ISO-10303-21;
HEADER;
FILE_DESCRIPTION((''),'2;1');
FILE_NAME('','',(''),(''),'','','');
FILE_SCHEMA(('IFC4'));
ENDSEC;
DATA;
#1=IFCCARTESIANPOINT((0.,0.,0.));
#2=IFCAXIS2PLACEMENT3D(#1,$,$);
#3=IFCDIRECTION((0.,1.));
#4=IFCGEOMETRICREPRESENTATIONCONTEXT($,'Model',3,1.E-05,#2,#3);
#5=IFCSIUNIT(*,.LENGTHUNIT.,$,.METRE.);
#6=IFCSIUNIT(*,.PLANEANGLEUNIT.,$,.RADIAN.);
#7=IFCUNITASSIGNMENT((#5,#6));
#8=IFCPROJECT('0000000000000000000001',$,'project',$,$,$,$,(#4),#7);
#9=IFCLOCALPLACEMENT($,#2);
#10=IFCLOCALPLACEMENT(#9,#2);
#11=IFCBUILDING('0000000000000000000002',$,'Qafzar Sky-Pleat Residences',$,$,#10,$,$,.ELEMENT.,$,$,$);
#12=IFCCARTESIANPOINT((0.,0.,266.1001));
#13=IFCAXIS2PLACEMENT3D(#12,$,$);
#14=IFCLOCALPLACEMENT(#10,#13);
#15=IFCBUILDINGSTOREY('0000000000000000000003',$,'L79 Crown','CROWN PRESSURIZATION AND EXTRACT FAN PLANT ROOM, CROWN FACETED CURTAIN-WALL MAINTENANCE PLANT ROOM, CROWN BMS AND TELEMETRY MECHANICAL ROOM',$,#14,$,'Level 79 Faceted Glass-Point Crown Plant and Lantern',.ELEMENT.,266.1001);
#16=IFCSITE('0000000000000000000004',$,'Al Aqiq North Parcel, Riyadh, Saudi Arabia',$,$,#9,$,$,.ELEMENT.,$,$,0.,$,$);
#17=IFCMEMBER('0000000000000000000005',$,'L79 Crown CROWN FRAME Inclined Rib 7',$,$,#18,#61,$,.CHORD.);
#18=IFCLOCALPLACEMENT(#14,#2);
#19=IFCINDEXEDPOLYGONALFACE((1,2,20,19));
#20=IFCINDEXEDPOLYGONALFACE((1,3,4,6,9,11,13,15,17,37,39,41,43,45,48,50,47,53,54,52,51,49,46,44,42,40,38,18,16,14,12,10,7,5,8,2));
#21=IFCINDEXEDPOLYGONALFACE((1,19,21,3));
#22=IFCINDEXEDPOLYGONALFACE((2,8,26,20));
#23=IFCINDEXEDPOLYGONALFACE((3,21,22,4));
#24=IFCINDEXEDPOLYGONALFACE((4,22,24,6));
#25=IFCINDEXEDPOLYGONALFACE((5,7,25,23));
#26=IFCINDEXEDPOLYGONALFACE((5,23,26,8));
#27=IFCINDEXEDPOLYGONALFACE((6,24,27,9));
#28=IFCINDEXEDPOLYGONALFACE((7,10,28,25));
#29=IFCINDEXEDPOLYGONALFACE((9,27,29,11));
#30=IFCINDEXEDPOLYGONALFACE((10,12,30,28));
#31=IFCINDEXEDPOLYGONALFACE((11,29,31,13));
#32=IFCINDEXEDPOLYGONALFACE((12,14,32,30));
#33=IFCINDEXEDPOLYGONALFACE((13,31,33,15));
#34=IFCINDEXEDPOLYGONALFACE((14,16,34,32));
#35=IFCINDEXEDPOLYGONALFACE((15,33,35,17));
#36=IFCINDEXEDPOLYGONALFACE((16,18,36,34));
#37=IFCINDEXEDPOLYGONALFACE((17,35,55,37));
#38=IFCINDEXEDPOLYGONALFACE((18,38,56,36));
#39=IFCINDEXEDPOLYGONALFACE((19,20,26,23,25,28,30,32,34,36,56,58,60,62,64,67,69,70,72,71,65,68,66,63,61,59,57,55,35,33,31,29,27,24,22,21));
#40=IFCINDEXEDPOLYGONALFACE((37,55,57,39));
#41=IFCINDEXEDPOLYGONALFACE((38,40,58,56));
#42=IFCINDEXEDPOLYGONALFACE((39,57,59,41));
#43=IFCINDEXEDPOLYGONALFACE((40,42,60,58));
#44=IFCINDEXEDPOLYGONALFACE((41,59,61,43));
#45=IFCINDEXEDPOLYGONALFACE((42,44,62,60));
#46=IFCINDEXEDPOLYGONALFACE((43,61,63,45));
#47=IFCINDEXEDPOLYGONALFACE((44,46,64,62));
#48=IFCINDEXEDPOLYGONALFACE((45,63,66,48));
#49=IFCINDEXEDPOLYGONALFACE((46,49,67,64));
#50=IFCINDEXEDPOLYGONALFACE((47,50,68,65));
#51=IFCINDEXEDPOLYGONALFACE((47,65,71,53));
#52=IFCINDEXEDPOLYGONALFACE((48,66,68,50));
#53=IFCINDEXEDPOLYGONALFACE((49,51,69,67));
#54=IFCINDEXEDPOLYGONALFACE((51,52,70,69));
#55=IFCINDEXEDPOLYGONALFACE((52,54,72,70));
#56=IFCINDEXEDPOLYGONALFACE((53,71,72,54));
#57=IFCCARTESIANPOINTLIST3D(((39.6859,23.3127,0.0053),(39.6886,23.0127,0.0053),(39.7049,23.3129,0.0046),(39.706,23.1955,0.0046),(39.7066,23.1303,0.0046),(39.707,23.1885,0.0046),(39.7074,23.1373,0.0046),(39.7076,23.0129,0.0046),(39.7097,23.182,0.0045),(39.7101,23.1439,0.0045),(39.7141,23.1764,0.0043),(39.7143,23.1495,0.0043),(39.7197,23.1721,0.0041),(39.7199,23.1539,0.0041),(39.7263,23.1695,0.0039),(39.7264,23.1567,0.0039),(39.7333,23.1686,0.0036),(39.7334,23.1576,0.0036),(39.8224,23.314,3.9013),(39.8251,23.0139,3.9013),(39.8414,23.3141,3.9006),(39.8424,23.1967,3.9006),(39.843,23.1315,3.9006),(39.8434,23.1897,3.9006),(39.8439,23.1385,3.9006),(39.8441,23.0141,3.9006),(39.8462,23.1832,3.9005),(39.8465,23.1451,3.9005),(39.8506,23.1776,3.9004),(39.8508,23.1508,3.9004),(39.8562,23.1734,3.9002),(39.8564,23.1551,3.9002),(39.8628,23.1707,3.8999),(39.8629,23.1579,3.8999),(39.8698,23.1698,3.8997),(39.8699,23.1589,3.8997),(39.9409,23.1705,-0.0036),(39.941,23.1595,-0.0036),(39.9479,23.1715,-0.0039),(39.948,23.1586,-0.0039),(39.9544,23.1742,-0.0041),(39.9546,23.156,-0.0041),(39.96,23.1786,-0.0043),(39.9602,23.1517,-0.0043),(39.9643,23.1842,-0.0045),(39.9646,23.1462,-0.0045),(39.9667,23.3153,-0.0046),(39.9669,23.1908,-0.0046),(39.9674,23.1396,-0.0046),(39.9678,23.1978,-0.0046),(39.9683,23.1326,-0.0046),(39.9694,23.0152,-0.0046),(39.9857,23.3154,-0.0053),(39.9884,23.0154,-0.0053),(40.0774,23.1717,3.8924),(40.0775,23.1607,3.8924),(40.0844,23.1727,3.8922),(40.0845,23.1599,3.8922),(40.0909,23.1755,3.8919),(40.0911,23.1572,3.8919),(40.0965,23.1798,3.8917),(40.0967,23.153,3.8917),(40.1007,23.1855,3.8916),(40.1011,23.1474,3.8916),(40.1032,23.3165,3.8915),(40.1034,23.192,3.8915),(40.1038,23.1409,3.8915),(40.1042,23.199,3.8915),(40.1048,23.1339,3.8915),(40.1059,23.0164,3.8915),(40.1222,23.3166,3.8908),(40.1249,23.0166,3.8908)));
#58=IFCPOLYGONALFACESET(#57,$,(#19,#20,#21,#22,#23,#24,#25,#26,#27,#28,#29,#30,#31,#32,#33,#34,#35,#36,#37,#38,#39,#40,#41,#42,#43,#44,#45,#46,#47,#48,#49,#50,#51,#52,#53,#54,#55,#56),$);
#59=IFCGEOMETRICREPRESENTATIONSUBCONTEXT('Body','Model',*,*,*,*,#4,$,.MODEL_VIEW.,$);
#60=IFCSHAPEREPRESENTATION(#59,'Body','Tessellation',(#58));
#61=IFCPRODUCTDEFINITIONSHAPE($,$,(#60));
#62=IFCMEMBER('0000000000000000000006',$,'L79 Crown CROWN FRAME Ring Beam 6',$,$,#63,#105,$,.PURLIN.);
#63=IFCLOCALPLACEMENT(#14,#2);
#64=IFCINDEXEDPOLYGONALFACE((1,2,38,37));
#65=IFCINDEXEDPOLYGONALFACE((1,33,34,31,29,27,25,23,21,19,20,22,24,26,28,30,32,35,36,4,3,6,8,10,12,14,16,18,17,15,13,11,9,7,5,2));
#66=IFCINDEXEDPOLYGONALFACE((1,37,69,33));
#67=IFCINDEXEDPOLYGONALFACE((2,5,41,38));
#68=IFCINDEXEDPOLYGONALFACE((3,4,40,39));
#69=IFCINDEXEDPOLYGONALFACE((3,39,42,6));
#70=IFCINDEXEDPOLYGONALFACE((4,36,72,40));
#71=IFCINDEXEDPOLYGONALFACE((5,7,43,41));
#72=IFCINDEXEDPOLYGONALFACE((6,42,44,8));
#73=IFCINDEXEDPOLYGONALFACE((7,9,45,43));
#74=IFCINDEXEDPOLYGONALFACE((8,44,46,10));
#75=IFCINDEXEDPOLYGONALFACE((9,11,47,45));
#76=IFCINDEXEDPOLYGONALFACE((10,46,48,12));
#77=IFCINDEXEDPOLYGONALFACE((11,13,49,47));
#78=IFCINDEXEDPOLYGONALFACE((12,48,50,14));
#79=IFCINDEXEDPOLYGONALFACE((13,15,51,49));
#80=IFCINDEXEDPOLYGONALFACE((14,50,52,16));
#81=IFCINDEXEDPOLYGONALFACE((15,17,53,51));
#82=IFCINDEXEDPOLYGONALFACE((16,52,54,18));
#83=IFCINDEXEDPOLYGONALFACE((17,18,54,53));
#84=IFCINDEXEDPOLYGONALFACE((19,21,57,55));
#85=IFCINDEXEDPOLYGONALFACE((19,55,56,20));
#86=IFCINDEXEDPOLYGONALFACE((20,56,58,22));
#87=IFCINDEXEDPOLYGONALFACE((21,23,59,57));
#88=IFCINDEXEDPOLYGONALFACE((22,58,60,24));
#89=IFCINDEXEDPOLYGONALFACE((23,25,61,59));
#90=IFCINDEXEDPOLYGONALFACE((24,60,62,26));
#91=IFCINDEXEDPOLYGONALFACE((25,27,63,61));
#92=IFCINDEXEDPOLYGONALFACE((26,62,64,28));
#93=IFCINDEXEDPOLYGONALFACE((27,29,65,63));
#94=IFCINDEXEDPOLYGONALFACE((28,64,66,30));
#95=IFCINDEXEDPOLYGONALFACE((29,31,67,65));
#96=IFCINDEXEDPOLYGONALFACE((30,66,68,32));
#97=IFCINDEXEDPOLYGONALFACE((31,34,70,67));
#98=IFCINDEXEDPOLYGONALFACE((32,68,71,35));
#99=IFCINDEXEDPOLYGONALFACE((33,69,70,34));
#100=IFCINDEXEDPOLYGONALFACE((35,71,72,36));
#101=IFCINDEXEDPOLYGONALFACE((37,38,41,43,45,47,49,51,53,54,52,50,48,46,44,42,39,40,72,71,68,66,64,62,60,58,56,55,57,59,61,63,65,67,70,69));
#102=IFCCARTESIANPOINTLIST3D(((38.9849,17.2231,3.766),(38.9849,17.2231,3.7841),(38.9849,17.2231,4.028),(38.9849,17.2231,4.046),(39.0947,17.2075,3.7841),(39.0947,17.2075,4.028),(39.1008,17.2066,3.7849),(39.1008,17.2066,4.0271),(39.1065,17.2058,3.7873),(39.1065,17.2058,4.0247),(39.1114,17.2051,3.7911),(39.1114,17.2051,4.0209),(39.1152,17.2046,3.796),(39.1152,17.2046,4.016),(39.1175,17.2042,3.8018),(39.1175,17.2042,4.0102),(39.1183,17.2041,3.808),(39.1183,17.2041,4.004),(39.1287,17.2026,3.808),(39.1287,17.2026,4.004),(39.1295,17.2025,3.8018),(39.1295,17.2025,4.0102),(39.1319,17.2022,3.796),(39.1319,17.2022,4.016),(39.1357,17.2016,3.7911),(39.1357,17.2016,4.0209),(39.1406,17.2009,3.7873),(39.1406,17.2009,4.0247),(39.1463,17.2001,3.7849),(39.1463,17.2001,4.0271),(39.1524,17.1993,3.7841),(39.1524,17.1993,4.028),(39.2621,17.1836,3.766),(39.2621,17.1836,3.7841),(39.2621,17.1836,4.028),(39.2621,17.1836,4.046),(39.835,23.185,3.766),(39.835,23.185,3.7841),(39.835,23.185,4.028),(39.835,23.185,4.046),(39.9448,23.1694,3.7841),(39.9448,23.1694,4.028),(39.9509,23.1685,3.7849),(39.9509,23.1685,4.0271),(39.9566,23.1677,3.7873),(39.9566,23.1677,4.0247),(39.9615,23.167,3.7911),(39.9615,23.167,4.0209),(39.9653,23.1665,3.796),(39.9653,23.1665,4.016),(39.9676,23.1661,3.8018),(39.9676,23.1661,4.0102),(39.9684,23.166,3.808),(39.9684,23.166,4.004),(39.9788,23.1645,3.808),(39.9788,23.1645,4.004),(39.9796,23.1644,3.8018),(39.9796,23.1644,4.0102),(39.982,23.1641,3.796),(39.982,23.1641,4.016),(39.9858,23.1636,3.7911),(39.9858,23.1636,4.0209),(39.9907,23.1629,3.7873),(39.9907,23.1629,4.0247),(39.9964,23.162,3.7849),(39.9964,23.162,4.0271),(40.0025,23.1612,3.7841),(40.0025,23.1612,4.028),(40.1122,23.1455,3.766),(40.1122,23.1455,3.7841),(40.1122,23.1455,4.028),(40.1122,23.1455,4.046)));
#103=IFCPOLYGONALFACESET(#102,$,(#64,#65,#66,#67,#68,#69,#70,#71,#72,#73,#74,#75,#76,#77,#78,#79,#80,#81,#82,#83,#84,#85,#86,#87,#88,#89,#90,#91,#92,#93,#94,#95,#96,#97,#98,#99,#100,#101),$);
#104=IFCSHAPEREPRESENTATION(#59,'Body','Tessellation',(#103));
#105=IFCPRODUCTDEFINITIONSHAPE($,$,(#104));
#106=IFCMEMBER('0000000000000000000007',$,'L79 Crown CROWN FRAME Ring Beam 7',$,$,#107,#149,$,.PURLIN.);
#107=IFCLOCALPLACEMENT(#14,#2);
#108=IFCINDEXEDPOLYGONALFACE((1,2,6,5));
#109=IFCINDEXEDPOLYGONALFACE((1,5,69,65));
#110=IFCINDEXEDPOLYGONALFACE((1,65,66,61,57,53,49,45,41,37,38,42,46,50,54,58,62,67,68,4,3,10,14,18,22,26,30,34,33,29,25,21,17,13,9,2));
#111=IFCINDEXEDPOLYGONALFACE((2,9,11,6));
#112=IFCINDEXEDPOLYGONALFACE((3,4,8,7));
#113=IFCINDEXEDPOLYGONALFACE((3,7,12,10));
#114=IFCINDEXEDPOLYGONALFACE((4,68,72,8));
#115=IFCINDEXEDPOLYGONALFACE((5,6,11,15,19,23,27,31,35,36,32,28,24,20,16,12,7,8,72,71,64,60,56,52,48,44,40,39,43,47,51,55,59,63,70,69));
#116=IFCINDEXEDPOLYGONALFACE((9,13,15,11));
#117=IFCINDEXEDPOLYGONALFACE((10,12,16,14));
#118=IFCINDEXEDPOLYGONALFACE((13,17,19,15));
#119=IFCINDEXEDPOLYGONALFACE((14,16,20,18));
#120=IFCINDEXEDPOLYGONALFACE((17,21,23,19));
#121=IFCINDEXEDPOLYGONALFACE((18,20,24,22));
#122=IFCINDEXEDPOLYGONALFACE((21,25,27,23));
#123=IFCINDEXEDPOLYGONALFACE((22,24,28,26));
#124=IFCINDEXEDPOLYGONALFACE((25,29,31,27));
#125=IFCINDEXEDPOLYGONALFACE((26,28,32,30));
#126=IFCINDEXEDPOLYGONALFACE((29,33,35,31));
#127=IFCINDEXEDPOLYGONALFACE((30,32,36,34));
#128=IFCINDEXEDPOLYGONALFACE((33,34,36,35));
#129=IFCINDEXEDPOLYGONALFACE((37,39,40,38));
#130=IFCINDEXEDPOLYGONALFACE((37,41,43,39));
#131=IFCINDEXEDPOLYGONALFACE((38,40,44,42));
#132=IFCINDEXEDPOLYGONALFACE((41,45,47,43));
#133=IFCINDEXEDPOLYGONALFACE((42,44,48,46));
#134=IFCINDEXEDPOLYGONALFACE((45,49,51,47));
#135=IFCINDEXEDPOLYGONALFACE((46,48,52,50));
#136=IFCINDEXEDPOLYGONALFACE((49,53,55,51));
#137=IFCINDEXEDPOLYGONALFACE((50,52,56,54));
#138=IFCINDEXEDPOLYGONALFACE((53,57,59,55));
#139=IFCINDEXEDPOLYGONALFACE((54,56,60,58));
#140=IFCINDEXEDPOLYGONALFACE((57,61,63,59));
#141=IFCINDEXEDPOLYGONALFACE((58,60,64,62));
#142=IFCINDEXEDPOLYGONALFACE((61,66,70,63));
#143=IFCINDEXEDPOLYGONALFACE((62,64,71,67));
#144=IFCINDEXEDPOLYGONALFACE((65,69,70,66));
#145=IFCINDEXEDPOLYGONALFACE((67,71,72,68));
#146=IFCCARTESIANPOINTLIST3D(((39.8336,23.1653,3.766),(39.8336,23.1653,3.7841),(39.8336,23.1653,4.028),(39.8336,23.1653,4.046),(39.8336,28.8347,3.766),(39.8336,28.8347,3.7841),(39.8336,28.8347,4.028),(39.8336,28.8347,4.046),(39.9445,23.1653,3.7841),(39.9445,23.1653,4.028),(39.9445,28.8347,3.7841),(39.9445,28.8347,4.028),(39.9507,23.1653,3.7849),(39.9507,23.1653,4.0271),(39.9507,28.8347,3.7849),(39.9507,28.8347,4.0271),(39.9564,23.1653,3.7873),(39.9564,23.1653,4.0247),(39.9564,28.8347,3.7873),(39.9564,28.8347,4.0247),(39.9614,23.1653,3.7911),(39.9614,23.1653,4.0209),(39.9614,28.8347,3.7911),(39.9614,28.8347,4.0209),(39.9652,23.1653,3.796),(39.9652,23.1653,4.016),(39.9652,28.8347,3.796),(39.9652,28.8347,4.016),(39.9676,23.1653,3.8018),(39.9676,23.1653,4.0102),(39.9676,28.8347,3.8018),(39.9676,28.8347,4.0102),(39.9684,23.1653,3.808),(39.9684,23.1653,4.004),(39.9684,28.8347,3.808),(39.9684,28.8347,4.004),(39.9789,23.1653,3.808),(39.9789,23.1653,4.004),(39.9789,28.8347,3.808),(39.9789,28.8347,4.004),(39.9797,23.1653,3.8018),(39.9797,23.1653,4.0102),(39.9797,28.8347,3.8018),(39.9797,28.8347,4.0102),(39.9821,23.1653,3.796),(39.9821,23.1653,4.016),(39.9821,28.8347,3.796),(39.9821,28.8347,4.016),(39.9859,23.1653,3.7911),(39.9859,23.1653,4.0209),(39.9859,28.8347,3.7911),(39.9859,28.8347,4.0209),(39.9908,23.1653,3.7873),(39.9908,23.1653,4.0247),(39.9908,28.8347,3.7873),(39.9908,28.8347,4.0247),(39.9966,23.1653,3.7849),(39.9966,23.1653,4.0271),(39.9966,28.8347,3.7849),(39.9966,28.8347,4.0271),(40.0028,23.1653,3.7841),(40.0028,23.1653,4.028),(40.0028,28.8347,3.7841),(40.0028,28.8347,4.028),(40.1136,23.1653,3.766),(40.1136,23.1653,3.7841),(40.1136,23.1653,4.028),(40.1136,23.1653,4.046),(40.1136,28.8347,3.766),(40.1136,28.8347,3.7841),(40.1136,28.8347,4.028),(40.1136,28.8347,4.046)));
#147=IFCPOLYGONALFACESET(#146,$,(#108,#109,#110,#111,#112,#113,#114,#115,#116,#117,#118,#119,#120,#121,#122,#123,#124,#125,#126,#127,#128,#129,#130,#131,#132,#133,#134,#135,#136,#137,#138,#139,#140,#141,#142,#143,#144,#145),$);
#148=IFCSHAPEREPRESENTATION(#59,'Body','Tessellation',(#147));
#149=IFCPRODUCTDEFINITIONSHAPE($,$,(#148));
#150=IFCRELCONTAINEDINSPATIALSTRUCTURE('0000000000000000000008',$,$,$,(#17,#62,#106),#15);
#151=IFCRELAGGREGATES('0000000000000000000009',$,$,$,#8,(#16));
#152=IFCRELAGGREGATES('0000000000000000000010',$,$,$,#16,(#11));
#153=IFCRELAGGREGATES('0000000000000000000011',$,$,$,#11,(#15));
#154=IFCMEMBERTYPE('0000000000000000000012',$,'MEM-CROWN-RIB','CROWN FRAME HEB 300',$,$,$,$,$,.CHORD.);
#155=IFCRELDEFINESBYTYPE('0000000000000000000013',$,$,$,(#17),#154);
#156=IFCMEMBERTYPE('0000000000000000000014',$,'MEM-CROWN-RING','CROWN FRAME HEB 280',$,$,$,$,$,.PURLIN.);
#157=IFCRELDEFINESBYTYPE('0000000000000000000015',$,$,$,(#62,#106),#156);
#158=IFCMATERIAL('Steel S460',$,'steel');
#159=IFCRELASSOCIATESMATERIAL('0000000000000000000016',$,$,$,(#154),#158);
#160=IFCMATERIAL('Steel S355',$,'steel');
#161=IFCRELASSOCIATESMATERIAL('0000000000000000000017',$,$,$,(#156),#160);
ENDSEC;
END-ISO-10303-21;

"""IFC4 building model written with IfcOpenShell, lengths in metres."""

from ifc_helpers import new_model, si_unit, direction, frame, origin, origin_2d, place, context, subcontext, project, spatial, i_section, extrude, source, transform, mapped, material, material_profile, profile_set, type_object, element, save


model = new_model("IFC4")

# Units and contexts
model_context = context("Model", 3, precision=1e-05, world=origin(), true_north=direction((0.0, 1.0)))
body_context = subcontext(model_context, "Body", "Model", "MODEL_VIEW")
ifc_project = project(units=[si_unit("LENGTHUNIT", "METRE"), si_unit("PLANEANGLEUNIT", "RADIAN")], contexts=[model_context])

# Site, building, storey
site_placement = place(None, origin())
site = spatial("IfcSite", under=ifc_project, at=site_placement, Name="Al Aqiq North Parcel, Riyadh, Saudi Arabia", CompositionType="ELEMENT", RefElevation=0.0)
building_placement = place(site_placement, origin())
building = spatial("IfcBuilding", under=site, at=building_placement, Name="Qafzar Sky-Pleat Residences", CompositionType="ELEMENT")
storey_placement = place(building_placement, frame((0.0, 0.0, 266.1001)))
storey = spatial("IfcBuildingStorey", under=building, at=storey_placement, Name="L79 Crown", Description="CROWN PRESSURIZATION AND EXTRACT FAN PLANT ROOM, CROWN FACETED CURTAIN-WALL MAINTENANCE PLANT ROOM, CROWN BMS AND TELEMETRY MECHANICAL ROOM", LongName="Level 79 Faceted Glass-Point Crown Plant and Lantern", CompositionType="ELEMENT", Elevation=266.1001)

# Members
ifc_material_1 = material(Name="Steel S460", Category="steel")
ifc_material_profile_1 = material_profile(ifc_material_1, i_section(OverallWidth=0.3, OverallDepth=0.3, WebThickness=0.011, FlangeThickness=0.019, FilletRadius=0.0271, at=origin_2d()), Name="HEB 300")
ifc_profile_set_1 = profile_set([ifc_material_profile_1], Name="Steel S460")
member_type_1 = type_object("IfcMemberType", Name="MEM-CROWN-RIB", Description="CROWN FRAME HEB 300", PredefinedType="CHORD", material=ifc_profile_set_1)
shared_shape_1 = source(origin(), body_context, "Body", "SweptSolid", [
    extrude(i_section(OverallWidth=0.3, OverallDepth=0.3, WebThickness=0.011, FlangeThickness=0.019, FilletRadius=0.0271, at=origin_2d()), origin(), (0.0, 0.0, 1.0), 3.8984),
])
member_1_placement = place(storey_placement, frame((39.8372, 23.1641, 0.0), z_axis=(0.035008, 0.000313, 0.999387), x_axis=(-0.008944, 0.99996, 0.0)))
element("IfcMember", 1, at=member_1_placement, inside=storey, type_object=member_type_1, Name="L79 Crown CROWN FRAME Inclined Rib 7", PredefinedType="CHORD", context=body_context, shape_type="MappedRepresentation", body=[
    mapped(shared_shape_1, transform((0.0, 0.0, 0.0), x_axis=(1.0, 0.0, 0.0), y_axis=(0.0, 1.0, 0.0), z_axis=(0.0, 0.0, 1.0), scale=1.0)),
])
ifc_material_2 = material(Name="Steel S355", Category="steel")
ifc_material_profile_2 = material_profile(ifc_material_2, i_section(OverallWidth=0.28, OverallDepth=0.28, WebThickness=0.0105, FlangeThickness=0.0181, FilletRadius=0.0239, at=origin_2d()), Name="HEB 280")
ifc_profile_set_2 = profile_set([ifc_material_profile_2], Name="Steel S355")
member_type_2 = type_object("IfcMemberType", Name="MEM-CROWN-RING", Description="CROWN FRAME HEB 280", PredefinedType="PURLIN", material=ifc_profile_set_2)
shared_shape_2 = source(origin(), body_context, "Body", "SweptSolid", [
    extrude(i_section(OverallWidth=0.28, OverallDepth=0.28, WebThickness=0.0105, FlangeThickness=0.0181, FilletRadius=0.0239, at=origin_2d()), origin(), (0.0, 0.0, 1.0), 6.0222),
])
member_2_placement = place(storey_placement, frame((39.1235, 17.2034, 3.906), z_axis=(0.14116, 0.989987, 0.0), x_axis=(-0.989987, 0.14116, 0.0)))
element("IfcMember", 2, at=member_2_placement, inside=storey, type_object=member_type_2, Name="L79 Crown CROWN FRAME Ring Beam 6", PredefinedType="PURLIN", context=body_context, shape_type="MappedRepresentation", body=[
    mapped(shared_shape_2, transform((0.0, 0.0, 0.0), x_axis=(1.0, 0.0, 0.0), y_axis=(0.0, 1.0, 0.0), z_axis=(0.0, 0.0, 1.0), scale=1.0)),
])
shared_shape_3 = source(origin(), body_context, "Body", "SweptSolid", [
    extrude(i_section(OverallWidth=0.28, OverallDepth=0.28, WebThickness=0.0105, FlangeThickness=0.0181, FilletRadius=0.0239, at=origin_2d()), origin(), (0.0, 0.0, 1.0), 5.6694),
])
member_3_placement = place(storey_placement, frame((39.9736, 23.1653, 3.906), z_axis=(0.0, 1.0, 0.0), x_axis=(-1.0, 0.0, 0.0)))
element("IfcMember", 3, at=member_3_placement, inside=storey, type_object=member_type_2, Name="L79 Crown CROWN FRAME Ring Beam 7", PredefinedType="PURLIN", context=body_context, shape_type="MappedRepresentation", body=[
    mapped(shared_shape_3, transform((0.0, 0.0, 0.0), x_axis=(1.0, 0.0, 0.0), y_axis=(0.0, 1.0, 0.0), z_axis=(0.0, 0.0, 1.0), scale=1.0)),
])

save(model, "model.ifc")
